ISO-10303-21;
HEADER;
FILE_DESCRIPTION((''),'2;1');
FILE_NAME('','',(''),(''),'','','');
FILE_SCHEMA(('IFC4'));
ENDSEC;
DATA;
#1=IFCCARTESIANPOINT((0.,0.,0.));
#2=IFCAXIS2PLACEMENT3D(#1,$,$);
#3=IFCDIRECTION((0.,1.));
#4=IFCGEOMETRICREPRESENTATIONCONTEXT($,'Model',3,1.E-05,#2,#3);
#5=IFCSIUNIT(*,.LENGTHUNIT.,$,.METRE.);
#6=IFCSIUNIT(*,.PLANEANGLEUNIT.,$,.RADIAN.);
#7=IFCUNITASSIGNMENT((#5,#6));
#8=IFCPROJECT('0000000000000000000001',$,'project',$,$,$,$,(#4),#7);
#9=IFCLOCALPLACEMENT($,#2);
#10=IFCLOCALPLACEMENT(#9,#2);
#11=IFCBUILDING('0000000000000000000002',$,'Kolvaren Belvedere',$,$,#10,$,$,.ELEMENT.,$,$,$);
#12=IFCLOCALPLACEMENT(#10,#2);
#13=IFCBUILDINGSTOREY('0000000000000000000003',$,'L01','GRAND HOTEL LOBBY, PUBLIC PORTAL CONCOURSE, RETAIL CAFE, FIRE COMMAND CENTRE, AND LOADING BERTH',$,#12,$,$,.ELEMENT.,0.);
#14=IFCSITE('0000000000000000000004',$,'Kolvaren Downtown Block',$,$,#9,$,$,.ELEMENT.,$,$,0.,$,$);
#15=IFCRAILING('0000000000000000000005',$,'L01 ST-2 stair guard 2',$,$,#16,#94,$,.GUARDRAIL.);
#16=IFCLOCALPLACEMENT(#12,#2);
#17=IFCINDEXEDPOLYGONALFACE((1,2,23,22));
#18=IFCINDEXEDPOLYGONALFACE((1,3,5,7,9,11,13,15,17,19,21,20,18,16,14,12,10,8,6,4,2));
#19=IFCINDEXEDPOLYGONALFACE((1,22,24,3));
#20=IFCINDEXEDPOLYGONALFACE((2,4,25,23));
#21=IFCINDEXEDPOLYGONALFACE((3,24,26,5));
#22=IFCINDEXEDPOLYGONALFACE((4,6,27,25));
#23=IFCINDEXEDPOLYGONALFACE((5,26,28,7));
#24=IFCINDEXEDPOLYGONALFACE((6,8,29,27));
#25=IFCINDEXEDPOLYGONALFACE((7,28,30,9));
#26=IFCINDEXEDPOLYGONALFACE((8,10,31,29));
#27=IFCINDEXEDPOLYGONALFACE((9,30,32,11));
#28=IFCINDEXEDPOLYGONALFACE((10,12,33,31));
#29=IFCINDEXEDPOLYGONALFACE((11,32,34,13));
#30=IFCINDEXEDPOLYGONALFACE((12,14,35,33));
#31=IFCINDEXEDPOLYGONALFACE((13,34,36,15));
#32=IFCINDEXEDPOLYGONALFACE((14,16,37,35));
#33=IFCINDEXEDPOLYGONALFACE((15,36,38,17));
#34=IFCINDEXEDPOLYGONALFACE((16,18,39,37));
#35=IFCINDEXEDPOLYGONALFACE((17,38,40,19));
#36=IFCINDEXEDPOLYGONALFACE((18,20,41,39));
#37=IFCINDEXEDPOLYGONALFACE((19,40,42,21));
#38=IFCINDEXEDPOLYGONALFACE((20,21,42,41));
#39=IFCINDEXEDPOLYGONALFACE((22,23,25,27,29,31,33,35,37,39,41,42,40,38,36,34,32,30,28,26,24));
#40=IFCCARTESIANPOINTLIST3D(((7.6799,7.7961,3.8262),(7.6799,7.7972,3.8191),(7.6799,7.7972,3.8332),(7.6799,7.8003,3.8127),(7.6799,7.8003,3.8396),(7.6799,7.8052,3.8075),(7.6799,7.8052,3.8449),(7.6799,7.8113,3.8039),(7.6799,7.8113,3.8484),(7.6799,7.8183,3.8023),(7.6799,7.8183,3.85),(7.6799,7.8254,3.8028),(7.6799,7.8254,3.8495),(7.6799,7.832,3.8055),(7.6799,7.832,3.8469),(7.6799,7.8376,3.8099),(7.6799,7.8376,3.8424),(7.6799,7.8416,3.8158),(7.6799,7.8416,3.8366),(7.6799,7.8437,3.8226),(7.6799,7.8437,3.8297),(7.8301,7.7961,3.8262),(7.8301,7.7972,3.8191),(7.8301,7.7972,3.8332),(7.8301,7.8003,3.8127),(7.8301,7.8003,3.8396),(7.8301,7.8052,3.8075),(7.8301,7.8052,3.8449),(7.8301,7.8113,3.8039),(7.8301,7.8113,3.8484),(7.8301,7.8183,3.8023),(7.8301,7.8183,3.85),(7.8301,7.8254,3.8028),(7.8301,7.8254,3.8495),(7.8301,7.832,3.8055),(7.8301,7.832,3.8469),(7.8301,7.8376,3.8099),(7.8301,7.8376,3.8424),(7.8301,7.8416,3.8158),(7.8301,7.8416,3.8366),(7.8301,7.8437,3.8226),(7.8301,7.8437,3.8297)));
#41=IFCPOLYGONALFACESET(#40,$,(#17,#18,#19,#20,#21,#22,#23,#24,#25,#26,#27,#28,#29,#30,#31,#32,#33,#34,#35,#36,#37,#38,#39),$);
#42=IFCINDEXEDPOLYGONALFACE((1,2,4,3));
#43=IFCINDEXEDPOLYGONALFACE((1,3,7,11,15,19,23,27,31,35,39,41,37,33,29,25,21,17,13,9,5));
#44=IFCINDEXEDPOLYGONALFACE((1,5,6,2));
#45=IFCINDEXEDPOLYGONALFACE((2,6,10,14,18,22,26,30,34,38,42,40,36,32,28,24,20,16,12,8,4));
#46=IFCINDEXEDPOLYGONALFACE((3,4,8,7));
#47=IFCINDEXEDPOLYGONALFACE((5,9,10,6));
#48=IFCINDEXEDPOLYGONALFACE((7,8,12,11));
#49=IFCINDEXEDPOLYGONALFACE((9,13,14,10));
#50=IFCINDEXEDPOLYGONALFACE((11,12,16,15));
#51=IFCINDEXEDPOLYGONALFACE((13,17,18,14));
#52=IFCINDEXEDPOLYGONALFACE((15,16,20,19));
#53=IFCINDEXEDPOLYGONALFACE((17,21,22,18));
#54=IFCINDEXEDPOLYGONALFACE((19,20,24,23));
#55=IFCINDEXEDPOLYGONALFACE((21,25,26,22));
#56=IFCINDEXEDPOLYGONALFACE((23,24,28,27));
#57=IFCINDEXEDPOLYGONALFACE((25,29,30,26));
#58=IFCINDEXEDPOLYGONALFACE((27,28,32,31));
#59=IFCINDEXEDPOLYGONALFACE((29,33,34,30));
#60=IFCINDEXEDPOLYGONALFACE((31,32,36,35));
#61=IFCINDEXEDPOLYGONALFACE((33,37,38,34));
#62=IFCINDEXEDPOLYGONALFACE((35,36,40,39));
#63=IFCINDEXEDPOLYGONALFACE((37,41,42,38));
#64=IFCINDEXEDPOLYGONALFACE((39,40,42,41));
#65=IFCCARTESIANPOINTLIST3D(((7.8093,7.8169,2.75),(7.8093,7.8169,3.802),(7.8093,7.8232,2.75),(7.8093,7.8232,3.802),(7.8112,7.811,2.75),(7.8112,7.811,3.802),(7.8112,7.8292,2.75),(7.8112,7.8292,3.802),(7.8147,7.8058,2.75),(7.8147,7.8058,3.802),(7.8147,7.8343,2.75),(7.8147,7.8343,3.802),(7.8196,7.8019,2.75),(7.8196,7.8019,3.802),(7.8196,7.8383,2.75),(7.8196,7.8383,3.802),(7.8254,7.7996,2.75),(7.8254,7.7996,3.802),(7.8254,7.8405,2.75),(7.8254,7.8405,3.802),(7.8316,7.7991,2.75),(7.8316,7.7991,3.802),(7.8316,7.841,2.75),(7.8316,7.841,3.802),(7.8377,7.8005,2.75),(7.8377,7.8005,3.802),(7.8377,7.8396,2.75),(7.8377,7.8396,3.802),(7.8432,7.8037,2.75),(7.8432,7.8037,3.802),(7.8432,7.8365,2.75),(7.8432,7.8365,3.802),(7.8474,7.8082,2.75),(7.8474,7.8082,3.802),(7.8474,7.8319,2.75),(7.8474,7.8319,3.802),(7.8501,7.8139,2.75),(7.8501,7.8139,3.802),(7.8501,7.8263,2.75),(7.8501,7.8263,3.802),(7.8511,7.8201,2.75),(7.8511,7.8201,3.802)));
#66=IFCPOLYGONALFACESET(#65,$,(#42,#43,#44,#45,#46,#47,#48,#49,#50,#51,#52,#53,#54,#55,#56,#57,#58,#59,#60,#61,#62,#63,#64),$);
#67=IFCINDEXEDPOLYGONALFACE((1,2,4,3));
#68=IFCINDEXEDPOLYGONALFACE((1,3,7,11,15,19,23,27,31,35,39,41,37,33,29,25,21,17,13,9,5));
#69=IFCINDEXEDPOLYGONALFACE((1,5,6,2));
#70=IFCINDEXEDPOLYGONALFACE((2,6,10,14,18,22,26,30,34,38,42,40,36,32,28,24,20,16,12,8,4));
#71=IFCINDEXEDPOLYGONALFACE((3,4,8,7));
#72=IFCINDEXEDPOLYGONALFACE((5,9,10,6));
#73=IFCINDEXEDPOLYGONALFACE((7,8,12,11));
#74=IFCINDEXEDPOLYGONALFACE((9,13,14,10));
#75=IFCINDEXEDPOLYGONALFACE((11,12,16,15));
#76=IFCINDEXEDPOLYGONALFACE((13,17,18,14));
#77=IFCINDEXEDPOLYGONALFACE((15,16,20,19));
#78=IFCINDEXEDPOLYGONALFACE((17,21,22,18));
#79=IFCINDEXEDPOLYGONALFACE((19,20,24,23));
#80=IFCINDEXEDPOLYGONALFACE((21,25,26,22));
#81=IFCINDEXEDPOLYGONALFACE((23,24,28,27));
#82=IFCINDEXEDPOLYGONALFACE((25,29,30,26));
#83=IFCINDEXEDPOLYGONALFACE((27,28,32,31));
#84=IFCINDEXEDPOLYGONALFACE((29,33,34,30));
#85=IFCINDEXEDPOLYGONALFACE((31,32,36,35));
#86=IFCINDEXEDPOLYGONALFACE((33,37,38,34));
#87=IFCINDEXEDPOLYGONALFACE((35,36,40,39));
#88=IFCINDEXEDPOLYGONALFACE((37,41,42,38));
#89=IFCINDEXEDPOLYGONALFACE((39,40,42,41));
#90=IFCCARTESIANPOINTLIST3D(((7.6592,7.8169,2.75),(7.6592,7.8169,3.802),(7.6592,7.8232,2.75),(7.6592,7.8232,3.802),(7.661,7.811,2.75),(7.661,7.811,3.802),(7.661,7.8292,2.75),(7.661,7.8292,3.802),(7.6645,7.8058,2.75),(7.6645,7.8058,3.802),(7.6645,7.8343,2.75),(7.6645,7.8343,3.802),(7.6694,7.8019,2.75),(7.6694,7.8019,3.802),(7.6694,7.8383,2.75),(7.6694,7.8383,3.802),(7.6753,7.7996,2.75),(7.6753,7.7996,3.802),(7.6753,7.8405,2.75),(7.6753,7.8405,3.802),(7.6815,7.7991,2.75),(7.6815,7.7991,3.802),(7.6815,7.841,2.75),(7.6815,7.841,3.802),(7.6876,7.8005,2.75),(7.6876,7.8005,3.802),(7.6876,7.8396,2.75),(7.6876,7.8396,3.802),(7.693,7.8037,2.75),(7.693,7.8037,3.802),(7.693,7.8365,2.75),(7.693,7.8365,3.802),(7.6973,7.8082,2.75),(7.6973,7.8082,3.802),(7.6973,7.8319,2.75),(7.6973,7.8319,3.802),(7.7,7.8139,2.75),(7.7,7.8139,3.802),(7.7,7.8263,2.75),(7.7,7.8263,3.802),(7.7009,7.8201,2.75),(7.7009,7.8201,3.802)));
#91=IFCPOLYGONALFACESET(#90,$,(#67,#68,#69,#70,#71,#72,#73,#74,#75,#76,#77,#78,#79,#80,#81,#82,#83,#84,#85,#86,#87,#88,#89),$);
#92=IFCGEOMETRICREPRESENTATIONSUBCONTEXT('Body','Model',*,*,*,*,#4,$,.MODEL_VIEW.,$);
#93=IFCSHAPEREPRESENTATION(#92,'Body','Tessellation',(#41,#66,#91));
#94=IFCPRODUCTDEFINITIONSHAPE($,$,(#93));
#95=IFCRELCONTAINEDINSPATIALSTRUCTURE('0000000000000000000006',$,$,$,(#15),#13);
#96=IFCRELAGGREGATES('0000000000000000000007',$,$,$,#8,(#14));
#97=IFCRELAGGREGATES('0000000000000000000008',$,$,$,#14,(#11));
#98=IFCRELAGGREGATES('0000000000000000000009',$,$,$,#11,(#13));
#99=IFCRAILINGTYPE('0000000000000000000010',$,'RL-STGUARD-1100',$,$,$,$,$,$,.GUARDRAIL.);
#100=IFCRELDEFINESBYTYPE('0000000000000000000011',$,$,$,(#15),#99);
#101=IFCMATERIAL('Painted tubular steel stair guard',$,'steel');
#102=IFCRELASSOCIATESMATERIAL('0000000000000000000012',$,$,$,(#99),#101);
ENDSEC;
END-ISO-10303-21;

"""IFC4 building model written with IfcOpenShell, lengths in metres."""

from ifc_helpers import new_model, si_unit, direction, frame, origin, origin_2d, place, context, subcontext, project, spatial, circle, extrude, material, type_object, element, save


model = new_model("IFC4")

# Units and contexts
model_context = context("Model", 3, precision=1e-05, world=origin(), true_north=direction((0.0, 1.0)))
body_context = subcontext(model_context, "Body", "Model", "MODEL_VIEW")
ifc_project = project(units=[si_unit("LENGTHUNIT", "METRE"), si_unit("PLANEANGLEUNIT", "RADIAN")], contexts=[model_context])

# Site, building, storey
site_placement = place(None, origin())
site = spatial("IfcSite", under=ifc_project, at=site_placement, Name="Kolvaren Downtown Block", CompositionType="ELEMENT", RefElevation=0.0)
building_placement = place(site_placement, origin())
building = spatial("IfcBuilding", under=site, at=building_placement, Name="Kolvaren Belvedere", CompositionType="ELEMENT")
storey_placement = place(building_placement, origin())
storey = spatial("IfcBuildingStorey", under=building, at=storey_placement, Name="L01", Description="GRAND HOTEL LOBBY, PUBLIC PORTAL CONCOURSE, RETAIL CAFE, FIRE COMMAND CENTRE, AND LOADING BERTH", CompositionType="ELEMENT", Elevation=0.0)

# Railing
ifc_material_1 = material(Name="Painted tubular steel stair guard", Category="steel")
railing_type_1 = type_object("IfcRailingType", Name="RL-STGUARD-1100", PredefinedType="GUARDRAIL", material=ifc_material_1)
railing_1_placement = place(storey_placement, frame((7.8301, 7.8201, 2.75)))
element("IfcRailing", 1, at=railing_1_placement, inside=storey, type_object=railing_type_1, Name="L01 ST-2 stair guard 2", PredefinedType="GUARDRAIL", context=body_context, shape_type="SweptSolid", body=[
    extrude(circle(Radius=0.0239, at=origin_2d()), frame((0.0, 0.0, 1.0762), z_axis=(-1.0, 0.0, 0.0), x_axis=(0.0, -1.0, 0.0)), (0.0, 0.0, 1.0), 0.1501),
    extrude(circle(Radius=0.021, at=origin_2d()), origin(), (0.0, 0.0, 1.0), 1.052),
    extrude(circle(Radius=0.021, at=origin_2d()), frame((-0.1501, 0.0, 0.0)), (0.0, 0.0, 1.0), 1.052),
])

save(model, "model.ifc")
